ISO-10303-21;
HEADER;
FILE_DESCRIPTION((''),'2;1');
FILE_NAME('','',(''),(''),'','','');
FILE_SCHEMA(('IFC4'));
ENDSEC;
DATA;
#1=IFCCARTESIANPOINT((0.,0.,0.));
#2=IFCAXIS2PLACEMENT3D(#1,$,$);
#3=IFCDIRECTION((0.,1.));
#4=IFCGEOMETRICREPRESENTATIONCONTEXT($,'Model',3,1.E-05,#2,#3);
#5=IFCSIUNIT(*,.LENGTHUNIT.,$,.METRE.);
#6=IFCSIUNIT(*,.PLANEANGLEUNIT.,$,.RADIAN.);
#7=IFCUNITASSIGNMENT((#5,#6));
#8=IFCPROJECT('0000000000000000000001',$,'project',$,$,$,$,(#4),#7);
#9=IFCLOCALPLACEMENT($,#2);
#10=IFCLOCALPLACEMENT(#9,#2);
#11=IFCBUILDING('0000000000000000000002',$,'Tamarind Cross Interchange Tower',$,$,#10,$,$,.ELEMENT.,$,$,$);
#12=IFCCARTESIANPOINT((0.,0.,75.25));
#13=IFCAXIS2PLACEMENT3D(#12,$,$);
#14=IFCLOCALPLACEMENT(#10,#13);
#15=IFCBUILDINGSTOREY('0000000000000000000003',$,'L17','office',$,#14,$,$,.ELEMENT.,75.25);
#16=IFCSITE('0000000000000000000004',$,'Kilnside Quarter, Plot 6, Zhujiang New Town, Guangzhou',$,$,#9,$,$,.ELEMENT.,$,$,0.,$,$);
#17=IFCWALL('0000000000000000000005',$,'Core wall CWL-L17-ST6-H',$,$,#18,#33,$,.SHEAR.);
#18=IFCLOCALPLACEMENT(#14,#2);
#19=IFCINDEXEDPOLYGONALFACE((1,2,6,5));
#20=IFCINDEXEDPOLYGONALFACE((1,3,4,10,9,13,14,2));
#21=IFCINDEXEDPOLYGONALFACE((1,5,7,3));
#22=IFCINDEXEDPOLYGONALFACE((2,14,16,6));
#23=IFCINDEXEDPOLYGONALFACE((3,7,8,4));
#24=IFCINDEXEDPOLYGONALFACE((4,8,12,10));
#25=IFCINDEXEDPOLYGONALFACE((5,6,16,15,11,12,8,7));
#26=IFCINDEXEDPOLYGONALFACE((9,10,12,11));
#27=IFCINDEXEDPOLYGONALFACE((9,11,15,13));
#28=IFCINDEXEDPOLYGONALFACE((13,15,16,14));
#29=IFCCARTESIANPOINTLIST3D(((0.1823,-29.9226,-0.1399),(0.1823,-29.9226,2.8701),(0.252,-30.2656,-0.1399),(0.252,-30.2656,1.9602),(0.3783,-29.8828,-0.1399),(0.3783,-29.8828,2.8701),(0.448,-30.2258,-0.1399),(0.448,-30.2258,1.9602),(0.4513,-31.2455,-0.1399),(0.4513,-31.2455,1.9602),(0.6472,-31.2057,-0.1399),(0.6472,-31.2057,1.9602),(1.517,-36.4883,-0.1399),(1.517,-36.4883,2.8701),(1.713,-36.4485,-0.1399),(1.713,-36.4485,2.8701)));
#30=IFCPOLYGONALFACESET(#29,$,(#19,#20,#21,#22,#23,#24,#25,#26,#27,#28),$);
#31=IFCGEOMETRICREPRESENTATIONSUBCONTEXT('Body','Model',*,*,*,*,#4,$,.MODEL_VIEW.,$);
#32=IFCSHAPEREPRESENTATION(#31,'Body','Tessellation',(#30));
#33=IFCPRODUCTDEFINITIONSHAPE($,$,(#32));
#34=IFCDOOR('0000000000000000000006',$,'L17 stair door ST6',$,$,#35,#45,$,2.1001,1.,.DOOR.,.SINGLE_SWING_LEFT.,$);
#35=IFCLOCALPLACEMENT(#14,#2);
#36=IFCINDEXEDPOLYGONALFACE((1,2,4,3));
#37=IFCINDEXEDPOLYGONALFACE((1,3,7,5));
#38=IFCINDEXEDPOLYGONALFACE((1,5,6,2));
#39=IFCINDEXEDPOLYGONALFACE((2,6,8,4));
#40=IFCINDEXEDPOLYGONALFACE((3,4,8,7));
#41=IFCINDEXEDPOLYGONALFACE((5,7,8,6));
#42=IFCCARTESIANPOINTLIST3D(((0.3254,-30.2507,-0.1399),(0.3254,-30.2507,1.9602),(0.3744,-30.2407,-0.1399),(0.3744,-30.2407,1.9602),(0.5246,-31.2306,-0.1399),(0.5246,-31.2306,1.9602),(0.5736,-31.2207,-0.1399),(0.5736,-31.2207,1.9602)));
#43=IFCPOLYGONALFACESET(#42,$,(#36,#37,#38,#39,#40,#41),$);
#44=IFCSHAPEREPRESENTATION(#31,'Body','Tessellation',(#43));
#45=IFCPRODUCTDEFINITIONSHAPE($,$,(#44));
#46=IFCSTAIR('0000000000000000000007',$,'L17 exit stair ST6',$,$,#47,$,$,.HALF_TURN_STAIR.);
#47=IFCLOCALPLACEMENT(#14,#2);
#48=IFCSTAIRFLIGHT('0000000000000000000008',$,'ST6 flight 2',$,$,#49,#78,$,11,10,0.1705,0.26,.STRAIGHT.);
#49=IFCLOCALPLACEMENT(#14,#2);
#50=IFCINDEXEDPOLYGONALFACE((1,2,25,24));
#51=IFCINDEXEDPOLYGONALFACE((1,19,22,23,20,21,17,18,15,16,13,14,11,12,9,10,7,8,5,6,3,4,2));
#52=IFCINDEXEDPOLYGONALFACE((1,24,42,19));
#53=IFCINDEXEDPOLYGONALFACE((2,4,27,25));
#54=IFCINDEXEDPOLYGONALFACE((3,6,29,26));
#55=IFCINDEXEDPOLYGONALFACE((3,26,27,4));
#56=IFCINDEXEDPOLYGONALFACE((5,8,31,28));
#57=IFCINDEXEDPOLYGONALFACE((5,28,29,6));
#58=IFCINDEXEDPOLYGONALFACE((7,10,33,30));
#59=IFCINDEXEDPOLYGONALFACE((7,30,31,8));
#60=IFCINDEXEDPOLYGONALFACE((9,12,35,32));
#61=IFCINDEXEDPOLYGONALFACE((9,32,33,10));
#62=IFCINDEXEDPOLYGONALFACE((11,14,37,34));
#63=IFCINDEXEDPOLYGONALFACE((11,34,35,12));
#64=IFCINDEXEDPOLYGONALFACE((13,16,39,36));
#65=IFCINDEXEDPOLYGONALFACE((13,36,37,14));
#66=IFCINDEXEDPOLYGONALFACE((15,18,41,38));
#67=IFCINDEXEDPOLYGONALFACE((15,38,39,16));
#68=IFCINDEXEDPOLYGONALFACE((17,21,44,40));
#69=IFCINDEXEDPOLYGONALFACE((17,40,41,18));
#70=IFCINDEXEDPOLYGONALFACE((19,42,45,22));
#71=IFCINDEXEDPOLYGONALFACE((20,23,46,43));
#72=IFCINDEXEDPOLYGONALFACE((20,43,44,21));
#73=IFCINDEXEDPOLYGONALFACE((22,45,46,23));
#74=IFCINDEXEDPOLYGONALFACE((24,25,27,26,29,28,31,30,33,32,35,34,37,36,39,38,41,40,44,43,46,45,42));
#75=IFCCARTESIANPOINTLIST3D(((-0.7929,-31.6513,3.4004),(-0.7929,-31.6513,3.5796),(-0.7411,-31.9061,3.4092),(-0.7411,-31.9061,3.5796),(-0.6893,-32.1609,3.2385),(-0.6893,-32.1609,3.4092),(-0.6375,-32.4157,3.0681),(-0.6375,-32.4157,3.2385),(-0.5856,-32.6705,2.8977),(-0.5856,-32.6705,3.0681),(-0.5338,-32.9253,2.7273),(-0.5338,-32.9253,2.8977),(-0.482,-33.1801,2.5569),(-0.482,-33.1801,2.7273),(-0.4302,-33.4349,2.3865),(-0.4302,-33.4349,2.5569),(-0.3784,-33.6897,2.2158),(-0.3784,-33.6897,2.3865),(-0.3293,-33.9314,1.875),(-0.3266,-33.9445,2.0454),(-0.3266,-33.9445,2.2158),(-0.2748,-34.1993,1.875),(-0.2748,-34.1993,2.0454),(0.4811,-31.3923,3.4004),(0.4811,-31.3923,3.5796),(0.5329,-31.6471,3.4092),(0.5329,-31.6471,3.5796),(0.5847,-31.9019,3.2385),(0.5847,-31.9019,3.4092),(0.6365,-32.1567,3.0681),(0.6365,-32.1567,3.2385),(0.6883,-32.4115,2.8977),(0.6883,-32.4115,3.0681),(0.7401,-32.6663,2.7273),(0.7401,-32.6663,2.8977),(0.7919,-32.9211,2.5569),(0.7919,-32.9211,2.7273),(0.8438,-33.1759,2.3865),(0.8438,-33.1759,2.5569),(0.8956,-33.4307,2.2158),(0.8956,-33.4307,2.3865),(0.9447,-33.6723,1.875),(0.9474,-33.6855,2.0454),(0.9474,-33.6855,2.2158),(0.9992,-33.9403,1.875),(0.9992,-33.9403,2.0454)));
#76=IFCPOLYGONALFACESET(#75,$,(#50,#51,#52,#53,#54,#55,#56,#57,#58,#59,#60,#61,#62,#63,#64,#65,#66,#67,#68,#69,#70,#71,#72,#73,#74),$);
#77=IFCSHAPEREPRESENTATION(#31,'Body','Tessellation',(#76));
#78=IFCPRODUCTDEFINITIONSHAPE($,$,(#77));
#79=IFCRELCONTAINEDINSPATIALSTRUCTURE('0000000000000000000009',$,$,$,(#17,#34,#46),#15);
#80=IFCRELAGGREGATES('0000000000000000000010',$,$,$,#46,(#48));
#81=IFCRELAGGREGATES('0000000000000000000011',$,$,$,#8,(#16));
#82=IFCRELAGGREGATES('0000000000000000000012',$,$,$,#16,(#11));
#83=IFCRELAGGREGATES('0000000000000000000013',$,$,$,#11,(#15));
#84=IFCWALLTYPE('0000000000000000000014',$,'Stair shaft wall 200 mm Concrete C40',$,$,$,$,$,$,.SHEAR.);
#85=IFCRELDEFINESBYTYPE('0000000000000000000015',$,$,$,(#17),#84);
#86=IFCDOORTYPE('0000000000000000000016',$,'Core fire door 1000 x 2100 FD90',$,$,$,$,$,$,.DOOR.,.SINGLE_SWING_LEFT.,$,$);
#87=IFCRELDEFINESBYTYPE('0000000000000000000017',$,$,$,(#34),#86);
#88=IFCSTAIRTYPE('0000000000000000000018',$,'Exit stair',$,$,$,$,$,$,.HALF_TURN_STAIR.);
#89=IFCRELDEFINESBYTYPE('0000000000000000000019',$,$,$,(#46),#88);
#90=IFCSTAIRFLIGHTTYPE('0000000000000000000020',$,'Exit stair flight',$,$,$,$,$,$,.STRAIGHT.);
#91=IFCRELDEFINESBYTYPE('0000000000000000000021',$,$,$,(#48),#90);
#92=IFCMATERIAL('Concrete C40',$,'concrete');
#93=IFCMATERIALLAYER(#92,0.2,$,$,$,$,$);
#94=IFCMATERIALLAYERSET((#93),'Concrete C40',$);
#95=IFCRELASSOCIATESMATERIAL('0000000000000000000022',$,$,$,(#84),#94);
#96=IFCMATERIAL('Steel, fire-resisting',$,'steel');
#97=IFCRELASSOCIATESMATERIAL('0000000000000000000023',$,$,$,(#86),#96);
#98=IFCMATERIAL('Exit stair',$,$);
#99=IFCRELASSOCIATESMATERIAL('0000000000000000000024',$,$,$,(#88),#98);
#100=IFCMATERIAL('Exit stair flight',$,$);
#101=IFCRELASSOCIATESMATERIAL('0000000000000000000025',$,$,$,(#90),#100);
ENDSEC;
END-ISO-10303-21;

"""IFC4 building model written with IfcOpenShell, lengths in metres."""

from ifc_helpers import new_model, si_unit, direction, frame, frame_2d, origin, place, context, subcontext, project, spatial, polyline, rectangle, outline, extrude, material, layer, layer_set, type_object, element, fill, aggregate, save


model = new_model("IFC4")

# Units and contexts
model_context = context("Model", 3, precision=1e-05, world=origin(), true_north=direction((0.0, 1.0)))
body_context = subcontext(model_context, "Body", "Model", "MODEL_VIEW")
ifc_project = project(units=[si_unit("LENGTHUNIT", "METRE"), si_unit("PLANEANGLEUNIT", "RADIAN")], contexts=[model_context])

# Site, building, storey
site_placement = place(None, origin())
site = spatial("IfcSite", under=ifc_project, at=site_placement, Name="Kilnside Quarter, Plot 6, Zhujiang New Town, Guangzhou", CompositionType="ELEMENT", RefElevation=0.0)
building_placement = place(site_placement, origin())
building = spatial("IfcBuilding", under=site, at=building_placement, Name="Tamarind Cross Interchange Tower", CompositionType="ELEMENT")
storey_placement = place(building_placement, frame((0.0, 0.0, 75.25)))
storey = spatial("IfcBuildingStorey", under=building, at=storey_placement, Name="L17", Description="office", CompositionType="ELEMENT", Elevation=75.25)

# Wall, opening, door
ifc_material_1 = material(Name="Concrete C40", Category="concrete")
ifc_layer_1 = layer(ifc_material_1, 0.2)
ifc_layer_set_1 = layer_set([ifc_layer_1], Name="Concrete C40")
wall_type_1 = type_object("IfcWallType", Name="Stair shaft wall 200 mm Concrete C40", PredefinedType="SHEAR", material=ifc_layer_set_1)
wall_1_placement = place(storey_placement, frame((0.2803, -29.9026, -0.1399), z_axis=(0.0, 0.0, 1.0), x_axis=(0.199212, -0.979956, 0.0)))
wall_1 = element("IfcWall", 1, at=wall_1_placement, inside=storey, type_object=wall_type_1, Name="Core wall CWL-L17-ST6-H", PredefinedType="SHEAR", context=body_context, shape_type="SweptSolid", body=[
    extrude(rectangle(XDim=6.7, YDim=0.2, at=frame_2d((3.3501, 0.0))), origin(), (0.0, 0.0, 1.0), 3.01),
])
opening_1_placement = place(wall_1_placement, frame((0.3501, 0.0, 0.0)))
opening_1 = element("IfcOpeningElement", 2, at=opening_1_placement, cuts=wall_1, PredefinedType="OPENING", context=body_context, shape_type="SweptSolid", body=[
    extrude(rectangle(XDim=1.0, YDim=2.1001, at=frame_2d((0.5, 1.05))), frame((0.0, 0.1099, 0.0), z_axis=(0.0, -1.0, 0.0), x_axis=(1.0, 0.0, 0.0)), (0.0, 0.0, 1.0), 0.22),
])
ifc_material_2 = material(Name="Steel, fire-resisting", Category="steel")
door_type_1 = type_object("IfcDoorType", Name="Core fire door 1000 x 2100 FD90", OperationType="SINGLE_SWING_LEFT", PredefinedType="DOOR", material=ifc_material_2)
door_1_placement = place(opening_1_placement, origin())
door_1 = element("IfcDoor", 3, at=door_1_placement, inside=storey, type_object=door_type_1, Name="L17 stair door ST6", OperationType="SINGLE_SWING_LEFT", OverallHeight=2.1001, OverallWidth=1.0, PredefinedType="DOOR", context=body_context, shape_type="SweptSolid", body=[
    extrude(rectangle(XDim=1.0, YDim=2.1001, at=frame_2d((0.5, 1.05))), frame((0.0, 0.0249, 0.0), z_axis=(0.0, -1.0, 0.0), x_axis=(1.0, 0.0, 0.0)), (0.0, 0.0, 1.0), 0.05),
])
fill(opening_1, door_1)

# Stair, stair flight
ifc_material_3 = material(Name="Exit stair")
stair_type = type_object("IfcStairType", Name="Exit stair", PredefinedType="HALF_TURN_STAIR", material=ifc_material_3)
stair_placement = place(storey_placement, origin())
stair = element("IfcStair", 4, at=stair_placement, inside=storey, type_object=stair_type, Name="L17 exit stair ST6", PredefinedType="HALF_TURN_STAIR")
ifc_material_4 = material(Name="Exit stair flight")
stair_flight_type = type_object("IfcStairFlightType", Name="Exit stair flight", PredefinedType="STRAIGHT", material=ifc_material_4)
stair_flight_placement = place(storey_placement, frame((0.3621, -34.0698, 1.875), z_axis=(0.0, 0.0, 1.0), x_axis=(-0.199245, 0.97995, 0.0)))
stair_flight = element("IfcStairFlight", 5, at=stair_flight_placement, type_object=stair_flight_type, Name="ST6 flight 2", NumberOfRisers=11, NumberOfTreads=10, PredefinedType="STRAIGHT", RiserHeight=0.1705, TreadLength=0.26, context=body_context, shape_type="SweptSolid", body=[
    extrude(outline(polyline([(0.0, 0.0), (0.0, 0.1704), (0.26, 0.1704), (0.26, 0.3408), (0.52, 0.3408), (0.52, 0.5115), (0.78, 0.5115), (0.78, 0.6819), (1.04, 0.6819), (1.04, 0.8523), (1.3, 0.8523), (1.3, 1.0227), (1.5601, 1.0227), (1.5601, 1.1931), (1.8201, 1.1931), (1.8201, 1.3635), (2.0801, 1.3635), (2.0801, 1.5342), (2.3401, 1.5342), (2.3401, 1.7046), (2.6001, 1.7046), (2.6001, 1.875), (2.6001, 1.5254), (0.2734, 0.0), (0.0, 0.0)])), frame((0.0, 0.6499, 0.0), z_axis=(0.0, -1.0, 0.0), x_axis=(1.0, 0.0, 0.0)), (0.0, 0.0, 1.0), 1.3),
])
aggregate(stair, [stair_flight])

save(model, "model.ifc")
